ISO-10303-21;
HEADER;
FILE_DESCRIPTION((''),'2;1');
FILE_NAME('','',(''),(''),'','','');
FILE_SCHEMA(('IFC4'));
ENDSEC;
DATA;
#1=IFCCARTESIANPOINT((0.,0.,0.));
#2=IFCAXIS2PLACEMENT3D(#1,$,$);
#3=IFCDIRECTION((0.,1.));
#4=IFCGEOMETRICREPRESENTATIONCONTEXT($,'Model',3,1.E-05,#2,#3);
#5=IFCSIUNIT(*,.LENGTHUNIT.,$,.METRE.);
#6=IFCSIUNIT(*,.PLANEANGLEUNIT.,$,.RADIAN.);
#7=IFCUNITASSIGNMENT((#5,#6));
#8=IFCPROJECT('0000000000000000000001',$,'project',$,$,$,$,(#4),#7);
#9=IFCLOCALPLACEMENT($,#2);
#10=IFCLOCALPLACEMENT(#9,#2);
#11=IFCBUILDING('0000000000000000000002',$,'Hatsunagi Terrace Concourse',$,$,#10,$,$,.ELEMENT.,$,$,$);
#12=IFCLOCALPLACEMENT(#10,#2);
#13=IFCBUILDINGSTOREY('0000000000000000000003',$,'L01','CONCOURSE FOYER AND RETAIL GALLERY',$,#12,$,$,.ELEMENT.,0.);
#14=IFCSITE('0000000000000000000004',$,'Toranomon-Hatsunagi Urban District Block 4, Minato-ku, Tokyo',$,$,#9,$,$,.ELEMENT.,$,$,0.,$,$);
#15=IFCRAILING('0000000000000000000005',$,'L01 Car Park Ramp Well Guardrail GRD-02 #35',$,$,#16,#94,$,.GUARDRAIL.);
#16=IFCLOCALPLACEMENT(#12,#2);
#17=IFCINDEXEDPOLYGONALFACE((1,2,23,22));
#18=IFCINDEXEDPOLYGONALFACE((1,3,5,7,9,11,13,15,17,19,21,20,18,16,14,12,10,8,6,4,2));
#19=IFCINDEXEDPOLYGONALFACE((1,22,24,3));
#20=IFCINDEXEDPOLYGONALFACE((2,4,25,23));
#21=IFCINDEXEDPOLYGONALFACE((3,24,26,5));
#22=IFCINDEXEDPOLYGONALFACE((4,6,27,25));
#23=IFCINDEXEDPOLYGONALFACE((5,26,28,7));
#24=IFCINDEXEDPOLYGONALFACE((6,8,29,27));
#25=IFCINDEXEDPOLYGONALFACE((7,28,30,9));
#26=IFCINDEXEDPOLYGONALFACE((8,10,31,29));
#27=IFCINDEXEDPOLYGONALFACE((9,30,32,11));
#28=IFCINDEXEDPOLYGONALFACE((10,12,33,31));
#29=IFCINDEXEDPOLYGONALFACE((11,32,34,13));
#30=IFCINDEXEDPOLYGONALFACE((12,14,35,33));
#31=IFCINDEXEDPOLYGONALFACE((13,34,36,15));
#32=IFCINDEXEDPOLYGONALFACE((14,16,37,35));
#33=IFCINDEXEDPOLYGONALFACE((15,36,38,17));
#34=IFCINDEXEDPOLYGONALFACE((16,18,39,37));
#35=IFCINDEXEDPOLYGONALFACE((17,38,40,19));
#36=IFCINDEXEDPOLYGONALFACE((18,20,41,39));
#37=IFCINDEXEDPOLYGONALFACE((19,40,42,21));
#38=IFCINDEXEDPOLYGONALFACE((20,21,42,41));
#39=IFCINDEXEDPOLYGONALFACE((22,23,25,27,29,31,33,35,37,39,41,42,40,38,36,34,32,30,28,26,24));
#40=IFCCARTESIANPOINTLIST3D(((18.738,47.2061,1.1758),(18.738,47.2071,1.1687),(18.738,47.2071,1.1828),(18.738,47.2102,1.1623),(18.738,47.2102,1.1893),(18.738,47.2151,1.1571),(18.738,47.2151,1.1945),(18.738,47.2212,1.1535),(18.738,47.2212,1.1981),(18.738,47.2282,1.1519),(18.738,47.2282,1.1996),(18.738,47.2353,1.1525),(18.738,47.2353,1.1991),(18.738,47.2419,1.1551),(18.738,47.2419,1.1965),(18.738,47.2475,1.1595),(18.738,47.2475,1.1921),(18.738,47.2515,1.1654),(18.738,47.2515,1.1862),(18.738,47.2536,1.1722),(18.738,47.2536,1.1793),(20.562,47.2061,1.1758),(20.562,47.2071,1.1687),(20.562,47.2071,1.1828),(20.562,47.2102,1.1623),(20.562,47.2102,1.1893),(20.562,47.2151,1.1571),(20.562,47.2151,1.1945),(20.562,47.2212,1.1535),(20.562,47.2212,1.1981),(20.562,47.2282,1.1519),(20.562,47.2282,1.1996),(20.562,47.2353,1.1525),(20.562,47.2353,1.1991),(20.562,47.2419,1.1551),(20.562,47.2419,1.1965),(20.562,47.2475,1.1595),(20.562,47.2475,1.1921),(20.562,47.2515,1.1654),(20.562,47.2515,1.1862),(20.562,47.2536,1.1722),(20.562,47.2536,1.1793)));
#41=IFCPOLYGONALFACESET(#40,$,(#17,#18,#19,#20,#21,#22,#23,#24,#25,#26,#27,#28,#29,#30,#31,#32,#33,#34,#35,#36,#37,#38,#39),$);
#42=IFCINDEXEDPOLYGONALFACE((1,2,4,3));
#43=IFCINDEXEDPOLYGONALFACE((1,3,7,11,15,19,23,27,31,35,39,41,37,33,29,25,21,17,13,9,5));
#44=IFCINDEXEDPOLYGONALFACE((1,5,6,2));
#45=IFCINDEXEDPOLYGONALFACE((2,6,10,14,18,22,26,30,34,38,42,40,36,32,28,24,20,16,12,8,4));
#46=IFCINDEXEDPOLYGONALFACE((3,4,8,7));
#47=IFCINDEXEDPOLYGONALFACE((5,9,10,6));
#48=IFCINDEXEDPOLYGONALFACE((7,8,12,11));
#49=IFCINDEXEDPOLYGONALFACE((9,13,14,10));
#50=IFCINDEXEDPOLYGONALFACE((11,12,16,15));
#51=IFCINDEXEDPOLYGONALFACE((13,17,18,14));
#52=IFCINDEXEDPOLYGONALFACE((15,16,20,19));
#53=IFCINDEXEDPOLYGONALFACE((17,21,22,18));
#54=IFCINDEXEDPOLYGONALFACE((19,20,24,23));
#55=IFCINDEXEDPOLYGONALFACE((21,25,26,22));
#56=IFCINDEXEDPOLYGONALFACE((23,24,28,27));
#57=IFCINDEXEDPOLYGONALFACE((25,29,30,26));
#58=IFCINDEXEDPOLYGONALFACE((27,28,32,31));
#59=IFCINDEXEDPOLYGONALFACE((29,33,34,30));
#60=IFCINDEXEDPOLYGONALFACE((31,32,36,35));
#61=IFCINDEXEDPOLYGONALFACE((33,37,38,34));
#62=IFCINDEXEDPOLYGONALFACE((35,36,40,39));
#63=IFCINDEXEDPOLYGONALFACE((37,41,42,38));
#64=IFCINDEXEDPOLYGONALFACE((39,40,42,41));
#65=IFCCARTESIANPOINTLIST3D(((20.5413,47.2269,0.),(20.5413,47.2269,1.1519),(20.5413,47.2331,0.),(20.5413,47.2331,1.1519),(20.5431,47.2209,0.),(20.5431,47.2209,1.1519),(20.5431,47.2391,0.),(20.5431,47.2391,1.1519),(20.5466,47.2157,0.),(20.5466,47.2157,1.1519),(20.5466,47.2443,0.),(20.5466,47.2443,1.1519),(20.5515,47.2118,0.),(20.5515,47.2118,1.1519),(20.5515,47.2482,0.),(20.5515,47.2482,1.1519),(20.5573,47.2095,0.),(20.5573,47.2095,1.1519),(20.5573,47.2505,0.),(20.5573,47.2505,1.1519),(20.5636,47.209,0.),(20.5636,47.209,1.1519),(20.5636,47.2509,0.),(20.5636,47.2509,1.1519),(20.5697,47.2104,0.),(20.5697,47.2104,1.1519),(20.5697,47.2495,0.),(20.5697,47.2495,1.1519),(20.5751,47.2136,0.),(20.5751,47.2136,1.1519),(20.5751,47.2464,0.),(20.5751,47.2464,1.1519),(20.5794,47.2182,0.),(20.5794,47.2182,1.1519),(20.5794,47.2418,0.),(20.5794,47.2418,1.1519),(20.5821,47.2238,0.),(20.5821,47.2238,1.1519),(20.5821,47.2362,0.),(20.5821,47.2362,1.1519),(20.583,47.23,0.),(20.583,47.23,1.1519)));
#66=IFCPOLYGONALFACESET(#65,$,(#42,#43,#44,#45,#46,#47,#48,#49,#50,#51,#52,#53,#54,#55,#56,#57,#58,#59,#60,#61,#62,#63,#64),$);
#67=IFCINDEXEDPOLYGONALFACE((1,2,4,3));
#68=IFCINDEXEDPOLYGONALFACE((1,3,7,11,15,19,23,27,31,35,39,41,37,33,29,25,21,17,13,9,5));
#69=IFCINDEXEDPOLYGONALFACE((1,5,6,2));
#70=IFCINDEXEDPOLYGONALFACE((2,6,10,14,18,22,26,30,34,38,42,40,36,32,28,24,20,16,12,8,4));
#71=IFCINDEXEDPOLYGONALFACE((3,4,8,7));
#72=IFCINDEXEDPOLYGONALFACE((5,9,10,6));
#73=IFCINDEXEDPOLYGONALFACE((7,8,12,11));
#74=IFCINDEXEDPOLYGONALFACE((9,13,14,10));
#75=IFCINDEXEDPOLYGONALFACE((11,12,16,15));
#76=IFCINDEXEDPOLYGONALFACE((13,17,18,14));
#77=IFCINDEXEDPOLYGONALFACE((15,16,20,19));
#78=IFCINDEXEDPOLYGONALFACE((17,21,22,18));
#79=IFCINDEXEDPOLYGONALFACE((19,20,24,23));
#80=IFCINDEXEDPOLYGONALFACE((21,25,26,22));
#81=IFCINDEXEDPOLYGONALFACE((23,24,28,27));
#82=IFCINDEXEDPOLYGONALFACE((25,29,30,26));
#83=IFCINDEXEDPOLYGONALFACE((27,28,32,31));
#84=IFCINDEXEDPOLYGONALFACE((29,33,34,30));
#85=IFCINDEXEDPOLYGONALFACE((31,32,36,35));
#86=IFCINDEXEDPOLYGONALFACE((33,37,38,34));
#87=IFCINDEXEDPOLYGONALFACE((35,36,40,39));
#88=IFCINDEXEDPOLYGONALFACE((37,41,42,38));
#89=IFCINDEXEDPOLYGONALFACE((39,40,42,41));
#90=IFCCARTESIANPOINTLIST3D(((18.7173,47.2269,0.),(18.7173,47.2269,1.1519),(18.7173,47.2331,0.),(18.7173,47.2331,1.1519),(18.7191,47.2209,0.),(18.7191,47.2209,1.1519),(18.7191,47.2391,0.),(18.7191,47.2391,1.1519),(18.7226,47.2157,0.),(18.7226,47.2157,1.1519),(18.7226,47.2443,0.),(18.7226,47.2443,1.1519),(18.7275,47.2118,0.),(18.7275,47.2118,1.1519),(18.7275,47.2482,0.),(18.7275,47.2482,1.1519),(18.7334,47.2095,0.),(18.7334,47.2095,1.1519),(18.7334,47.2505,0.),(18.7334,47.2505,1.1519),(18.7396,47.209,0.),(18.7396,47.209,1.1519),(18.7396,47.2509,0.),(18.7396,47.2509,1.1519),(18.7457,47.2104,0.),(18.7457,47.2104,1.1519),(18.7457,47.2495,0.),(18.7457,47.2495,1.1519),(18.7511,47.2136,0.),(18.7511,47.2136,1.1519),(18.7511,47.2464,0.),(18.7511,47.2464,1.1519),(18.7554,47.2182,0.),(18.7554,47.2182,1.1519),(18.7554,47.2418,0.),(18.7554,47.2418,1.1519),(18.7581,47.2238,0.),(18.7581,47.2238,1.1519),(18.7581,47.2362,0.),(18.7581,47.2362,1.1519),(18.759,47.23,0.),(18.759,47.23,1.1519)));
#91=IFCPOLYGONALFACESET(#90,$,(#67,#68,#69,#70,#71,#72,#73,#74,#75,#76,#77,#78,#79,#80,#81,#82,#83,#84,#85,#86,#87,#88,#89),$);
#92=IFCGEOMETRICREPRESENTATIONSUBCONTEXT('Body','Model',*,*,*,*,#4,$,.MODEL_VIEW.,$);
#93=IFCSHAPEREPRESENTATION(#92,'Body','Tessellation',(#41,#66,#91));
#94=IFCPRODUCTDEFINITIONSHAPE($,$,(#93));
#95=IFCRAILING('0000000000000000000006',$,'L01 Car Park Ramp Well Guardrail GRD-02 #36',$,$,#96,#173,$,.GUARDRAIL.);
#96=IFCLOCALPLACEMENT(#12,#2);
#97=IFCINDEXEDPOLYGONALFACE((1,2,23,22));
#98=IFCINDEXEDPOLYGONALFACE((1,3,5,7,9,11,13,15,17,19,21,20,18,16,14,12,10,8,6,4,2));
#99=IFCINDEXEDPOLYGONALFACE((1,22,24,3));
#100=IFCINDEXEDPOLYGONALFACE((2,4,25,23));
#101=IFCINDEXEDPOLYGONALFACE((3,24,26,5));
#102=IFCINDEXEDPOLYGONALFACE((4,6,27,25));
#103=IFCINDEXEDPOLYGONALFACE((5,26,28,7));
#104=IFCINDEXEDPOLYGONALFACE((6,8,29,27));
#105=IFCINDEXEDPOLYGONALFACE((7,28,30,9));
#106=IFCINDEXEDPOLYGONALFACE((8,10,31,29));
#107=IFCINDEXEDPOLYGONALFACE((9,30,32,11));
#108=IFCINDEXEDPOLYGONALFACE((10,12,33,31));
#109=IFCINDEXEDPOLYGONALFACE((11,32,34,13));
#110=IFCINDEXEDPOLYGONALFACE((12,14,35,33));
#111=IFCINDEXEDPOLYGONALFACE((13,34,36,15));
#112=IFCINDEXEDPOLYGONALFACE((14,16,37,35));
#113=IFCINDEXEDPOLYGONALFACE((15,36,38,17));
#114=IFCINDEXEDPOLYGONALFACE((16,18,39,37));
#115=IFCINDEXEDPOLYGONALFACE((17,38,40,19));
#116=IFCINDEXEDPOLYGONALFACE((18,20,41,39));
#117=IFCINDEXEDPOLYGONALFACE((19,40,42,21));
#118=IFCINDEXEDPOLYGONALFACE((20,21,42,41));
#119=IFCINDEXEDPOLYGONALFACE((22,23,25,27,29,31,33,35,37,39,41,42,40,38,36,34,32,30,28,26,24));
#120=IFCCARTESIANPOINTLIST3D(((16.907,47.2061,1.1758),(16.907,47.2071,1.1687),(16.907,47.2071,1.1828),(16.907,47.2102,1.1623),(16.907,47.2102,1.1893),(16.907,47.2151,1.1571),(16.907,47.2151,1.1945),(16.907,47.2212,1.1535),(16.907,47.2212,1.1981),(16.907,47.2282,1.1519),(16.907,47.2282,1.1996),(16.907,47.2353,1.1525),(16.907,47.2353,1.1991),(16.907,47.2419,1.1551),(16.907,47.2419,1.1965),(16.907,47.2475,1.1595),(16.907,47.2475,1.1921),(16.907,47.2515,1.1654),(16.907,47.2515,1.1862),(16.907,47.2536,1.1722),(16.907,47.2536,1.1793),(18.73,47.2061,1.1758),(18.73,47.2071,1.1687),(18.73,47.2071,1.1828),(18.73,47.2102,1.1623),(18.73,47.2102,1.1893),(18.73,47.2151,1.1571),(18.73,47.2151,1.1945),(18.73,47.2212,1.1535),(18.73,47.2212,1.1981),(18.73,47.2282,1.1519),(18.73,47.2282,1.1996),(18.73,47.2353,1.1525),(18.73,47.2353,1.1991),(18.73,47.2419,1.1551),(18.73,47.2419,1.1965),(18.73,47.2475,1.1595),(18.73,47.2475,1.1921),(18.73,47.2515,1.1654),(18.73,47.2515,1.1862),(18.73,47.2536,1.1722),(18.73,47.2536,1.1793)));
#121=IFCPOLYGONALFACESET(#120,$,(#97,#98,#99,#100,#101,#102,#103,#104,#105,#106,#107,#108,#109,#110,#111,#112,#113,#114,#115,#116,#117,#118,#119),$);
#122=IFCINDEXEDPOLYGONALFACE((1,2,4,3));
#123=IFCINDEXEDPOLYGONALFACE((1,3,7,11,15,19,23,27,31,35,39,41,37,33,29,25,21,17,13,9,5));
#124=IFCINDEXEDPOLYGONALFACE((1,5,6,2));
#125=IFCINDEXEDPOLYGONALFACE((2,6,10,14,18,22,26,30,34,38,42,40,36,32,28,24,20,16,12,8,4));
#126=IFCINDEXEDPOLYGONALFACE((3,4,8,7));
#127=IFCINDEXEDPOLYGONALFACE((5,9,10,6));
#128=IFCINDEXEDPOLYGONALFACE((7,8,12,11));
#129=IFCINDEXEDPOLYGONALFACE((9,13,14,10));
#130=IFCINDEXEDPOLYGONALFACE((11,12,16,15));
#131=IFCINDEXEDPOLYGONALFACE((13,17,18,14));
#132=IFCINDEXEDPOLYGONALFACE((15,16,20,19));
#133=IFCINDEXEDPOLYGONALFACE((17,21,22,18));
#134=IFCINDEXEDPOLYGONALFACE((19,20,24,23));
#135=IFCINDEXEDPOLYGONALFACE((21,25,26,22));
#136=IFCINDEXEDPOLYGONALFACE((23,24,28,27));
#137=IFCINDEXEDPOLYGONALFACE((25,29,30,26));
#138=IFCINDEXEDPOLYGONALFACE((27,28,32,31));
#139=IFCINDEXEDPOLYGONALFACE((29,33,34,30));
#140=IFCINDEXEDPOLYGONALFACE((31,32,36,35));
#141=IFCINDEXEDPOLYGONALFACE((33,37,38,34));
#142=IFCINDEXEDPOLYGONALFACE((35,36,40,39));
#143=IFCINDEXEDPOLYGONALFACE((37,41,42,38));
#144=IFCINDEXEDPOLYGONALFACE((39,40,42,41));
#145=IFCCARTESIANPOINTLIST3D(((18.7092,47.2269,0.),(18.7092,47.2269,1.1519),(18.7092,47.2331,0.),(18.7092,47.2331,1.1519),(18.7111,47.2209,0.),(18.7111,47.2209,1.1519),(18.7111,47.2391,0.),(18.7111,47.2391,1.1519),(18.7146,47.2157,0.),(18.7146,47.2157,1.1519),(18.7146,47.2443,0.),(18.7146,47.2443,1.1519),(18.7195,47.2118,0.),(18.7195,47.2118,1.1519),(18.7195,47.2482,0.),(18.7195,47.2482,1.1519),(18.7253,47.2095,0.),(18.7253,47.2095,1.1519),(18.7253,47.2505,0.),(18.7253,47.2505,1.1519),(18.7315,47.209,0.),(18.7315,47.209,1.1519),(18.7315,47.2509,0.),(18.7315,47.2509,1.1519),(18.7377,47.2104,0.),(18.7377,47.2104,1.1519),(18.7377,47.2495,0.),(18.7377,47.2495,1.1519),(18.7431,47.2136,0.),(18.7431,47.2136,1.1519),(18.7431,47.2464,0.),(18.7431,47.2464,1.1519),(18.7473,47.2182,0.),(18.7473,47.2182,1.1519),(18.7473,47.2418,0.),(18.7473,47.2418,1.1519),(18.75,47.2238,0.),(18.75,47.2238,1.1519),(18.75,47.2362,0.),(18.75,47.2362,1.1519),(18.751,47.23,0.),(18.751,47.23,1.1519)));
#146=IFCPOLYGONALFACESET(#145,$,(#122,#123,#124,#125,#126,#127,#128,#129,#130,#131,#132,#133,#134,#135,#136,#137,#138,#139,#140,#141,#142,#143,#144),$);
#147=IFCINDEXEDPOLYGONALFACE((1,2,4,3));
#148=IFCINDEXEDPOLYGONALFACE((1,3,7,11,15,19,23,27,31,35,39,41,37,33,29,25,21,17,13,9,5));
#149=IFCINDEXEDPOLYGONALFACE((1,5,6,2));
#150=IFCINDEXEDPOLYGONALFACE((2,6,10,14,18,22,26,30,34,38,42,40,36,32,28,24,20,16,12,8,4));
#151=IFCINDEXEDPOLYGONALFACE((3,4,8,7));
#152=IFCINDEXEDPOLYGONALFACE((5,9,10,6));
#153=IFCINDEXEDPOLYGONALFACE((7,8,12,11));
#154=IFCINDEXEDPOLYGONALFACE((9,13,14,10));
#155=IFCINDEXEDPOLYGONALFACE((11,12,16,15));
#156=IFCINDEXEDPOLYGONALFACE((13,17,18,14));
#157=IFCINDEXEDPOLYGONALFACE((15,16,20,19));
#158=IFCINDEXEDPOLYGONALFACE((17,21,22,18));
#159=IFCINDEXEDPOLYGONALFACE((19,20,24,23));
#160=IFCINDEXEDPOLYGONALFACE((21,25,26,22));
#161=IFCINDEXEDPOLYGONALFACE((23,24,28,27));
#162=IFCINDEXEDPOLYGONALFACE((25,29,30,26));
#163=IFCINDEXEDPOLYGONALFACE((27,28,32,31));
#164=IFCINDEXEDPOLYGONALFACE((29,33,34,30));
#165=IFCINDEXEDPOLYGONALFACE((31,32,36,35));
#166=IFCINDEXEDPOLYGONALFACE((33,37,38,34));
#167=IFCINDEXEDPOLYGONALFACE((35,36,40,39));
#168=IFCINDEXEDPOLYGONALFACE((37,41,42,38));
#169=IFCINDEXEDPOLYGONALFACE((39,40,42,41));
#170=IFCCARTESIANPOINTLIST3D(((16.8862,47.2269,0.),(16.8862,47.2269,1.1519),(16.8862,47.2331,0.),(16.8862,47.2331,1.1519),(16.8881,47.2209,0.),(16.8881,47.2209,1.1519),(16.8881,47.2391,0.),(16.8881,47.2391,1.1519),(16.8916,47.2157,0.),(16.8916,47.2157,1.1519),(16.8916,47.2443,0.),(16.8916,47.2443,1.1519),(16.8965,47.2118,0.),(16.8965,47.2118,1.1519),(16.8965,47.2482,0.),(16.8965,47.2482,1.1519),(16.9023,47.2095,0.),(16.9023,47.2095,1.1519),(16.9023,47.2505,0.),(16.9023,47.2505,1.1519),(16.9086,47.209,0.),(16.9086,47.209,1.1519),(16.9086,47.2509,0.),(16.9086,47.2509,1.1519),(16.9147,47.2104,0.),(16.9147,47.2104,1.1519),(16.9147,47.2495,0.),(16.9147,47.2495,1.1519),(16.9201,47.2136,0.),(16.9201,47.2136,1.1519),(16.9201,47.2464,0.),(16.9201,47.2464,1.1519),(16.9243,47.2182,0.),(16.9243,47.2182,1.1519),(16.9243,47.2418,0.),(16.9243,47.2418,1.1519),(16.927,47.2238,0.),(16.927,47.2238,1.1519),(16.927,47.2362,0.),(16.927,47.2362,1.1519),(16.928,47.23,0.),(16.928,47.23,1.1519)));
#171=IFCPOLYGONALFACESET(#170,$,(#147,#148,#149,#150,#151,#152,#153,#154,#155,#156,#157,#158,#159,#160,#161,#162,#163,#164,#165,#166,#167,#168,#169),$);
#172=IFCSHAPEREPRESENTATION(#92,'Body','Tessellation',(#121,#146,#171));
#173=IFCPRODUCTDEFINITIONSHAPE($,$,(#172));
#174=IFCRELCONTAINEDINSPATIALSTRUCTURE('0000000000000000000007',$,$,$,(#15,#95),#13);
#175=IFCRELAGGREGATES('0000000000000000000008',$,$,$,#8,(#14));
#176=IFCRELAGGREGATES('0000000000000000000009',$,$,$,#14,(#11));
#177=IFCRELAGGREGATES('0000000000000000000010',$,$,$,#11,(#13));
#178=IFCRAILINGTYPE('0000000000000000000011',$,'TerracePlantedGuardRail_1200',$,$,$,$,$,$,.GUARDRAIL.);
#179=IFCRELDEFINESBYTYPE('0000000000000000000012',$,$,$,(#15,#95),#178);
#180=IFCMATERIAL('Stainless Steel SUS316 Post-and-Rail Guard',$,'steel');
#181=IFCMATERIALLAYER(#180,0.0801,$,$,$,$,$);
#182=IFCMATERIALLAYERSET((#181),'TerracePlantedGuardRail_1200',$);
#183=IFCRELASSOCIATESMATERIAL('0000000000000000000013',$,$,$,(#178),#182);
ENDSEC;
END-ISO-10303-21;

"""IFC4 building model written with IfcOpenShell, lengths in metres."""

from ifc_helpers import new_model, si_unit, direction, frame, origin, origin_2d, place, context, subcontext, project, spatial, circle, extrude, material, layer, layer_set, type_object, element, save


model = new_model("IFC4")

# Units and contexts
model_context = context("Model", 3, precision=1e-05, world=origin(), true_north=direction((0.0, 1.0)))
body_context = subcontext(model_context, "Body", "Model", "MODEL_VIEW")
ifc_project = project(units=[si_unit("LENGTHUNIT", "METRE"), si_unit("PLANEANGLEUNIT", "RADIAN")], contexts=[model_context])

# Site, building, storey
site_placement = place(None, origin())
site = spatial("IfcSite", under=ifc_project, at=site_placement, Name="Toranomon-Hatsunagi Urban District Block 4, Minato-ku, Tokyo", CompositionType="ELEMENT", RefElevation=0.0)
building_placement = place(site_placement, origin())
building = spatial("IfcBuilding", under=site, at=building_placement, Name="Hatsunagi Terrace Concourse", CompositionType="ELEMENT")
storey_placement = place(building_placement, origin())
storey = spatial("IfcBuildingStorey", under=building, at=storey_placement, Name="L01", Description="CONCOURSE FOYER AND RETAIL GALLERY", CompositionType="ELEMENT", Elevation=0.0)

# Railings
ifc_material_1 = material(Name="Stainless Steel SUS316 Post-and-Rail Guard", Category="steel")
ifc_layer_1 = layer(ifc_material_1, 0.0801)
ifc_layer_set_1 = layer_set([ifc_layer_1], Name="TerracePlantedGuardRail_1200")
railing_type = type_object("IfcRailingType", Name="TerracePlantedGuardRail_1200", PredefinedType="GUARDRAIL", material=ifc_layer_set_1)
railing_1_placement = place(storey_placement, frame((20.562, 47.23, 0.0)))
element("IfcRailing", 1, at=railing_1_placement, inside=storey, type_object=railing_type, Name="L01 Car Park Ramp Well Guardrail GRD-02 #35", PredefinedType="GUARDRAIL", context=body_context, shape_type="SweptSolid", body=[
    extrude(circle(Radius=0.0239, at=origin_2d()), frame((0.0, 0.0, 1.1758), z_axis=(-1.0, 0.0, 0.0), x_axis=(0.0, -1.0, 0.0)), (0.0, 0.0, 1.0), 1.824),
    extrude(circle(Radius=0.021, at=origin_2d()), origin(), (0.0, 0.0, 1.0), 1.1519),
    extrude(circle(Radius=0.021, at=origin_2d()), frame((-1.824, 0.0, 0.0)), (0.0, 0.0, 1.0), 1.1519),
])
railing_2_placement = place(storey_placement, frame((18.73, 47.23, 0.0)))
element("IfcRailing", 2, at=railing_2_placement, inside=storey, type_object=railing_type, Name="L01 Car Park Ramp Well Guardrail GRD-02 #36", PredefinedType="GUARDRAIL", context=body_context, shape_type="SweptSolid", body=[
    extrude(circle(Radius=0.0239, at=origin_2d()), frame((0.0, 0.0, 1.1758), z_axis=(-1.0, 0.0, 0.0), x_axis=(0.0, -1.0, 0.0)), (0.0, 0.0, 1.0), 1.823),
    extrude(circle(Radius=0.021, at=origin_2d()), origin(), (0.0, 0.0, 1.0), 1.1519),
    extrude(circle(Radius=0.021, at=origin_2d()), frame((-1.823, 0.0, 0.0)), (0.0, 0.0, 1.0), 1.1519),
])

save(model, "model.ifc")
